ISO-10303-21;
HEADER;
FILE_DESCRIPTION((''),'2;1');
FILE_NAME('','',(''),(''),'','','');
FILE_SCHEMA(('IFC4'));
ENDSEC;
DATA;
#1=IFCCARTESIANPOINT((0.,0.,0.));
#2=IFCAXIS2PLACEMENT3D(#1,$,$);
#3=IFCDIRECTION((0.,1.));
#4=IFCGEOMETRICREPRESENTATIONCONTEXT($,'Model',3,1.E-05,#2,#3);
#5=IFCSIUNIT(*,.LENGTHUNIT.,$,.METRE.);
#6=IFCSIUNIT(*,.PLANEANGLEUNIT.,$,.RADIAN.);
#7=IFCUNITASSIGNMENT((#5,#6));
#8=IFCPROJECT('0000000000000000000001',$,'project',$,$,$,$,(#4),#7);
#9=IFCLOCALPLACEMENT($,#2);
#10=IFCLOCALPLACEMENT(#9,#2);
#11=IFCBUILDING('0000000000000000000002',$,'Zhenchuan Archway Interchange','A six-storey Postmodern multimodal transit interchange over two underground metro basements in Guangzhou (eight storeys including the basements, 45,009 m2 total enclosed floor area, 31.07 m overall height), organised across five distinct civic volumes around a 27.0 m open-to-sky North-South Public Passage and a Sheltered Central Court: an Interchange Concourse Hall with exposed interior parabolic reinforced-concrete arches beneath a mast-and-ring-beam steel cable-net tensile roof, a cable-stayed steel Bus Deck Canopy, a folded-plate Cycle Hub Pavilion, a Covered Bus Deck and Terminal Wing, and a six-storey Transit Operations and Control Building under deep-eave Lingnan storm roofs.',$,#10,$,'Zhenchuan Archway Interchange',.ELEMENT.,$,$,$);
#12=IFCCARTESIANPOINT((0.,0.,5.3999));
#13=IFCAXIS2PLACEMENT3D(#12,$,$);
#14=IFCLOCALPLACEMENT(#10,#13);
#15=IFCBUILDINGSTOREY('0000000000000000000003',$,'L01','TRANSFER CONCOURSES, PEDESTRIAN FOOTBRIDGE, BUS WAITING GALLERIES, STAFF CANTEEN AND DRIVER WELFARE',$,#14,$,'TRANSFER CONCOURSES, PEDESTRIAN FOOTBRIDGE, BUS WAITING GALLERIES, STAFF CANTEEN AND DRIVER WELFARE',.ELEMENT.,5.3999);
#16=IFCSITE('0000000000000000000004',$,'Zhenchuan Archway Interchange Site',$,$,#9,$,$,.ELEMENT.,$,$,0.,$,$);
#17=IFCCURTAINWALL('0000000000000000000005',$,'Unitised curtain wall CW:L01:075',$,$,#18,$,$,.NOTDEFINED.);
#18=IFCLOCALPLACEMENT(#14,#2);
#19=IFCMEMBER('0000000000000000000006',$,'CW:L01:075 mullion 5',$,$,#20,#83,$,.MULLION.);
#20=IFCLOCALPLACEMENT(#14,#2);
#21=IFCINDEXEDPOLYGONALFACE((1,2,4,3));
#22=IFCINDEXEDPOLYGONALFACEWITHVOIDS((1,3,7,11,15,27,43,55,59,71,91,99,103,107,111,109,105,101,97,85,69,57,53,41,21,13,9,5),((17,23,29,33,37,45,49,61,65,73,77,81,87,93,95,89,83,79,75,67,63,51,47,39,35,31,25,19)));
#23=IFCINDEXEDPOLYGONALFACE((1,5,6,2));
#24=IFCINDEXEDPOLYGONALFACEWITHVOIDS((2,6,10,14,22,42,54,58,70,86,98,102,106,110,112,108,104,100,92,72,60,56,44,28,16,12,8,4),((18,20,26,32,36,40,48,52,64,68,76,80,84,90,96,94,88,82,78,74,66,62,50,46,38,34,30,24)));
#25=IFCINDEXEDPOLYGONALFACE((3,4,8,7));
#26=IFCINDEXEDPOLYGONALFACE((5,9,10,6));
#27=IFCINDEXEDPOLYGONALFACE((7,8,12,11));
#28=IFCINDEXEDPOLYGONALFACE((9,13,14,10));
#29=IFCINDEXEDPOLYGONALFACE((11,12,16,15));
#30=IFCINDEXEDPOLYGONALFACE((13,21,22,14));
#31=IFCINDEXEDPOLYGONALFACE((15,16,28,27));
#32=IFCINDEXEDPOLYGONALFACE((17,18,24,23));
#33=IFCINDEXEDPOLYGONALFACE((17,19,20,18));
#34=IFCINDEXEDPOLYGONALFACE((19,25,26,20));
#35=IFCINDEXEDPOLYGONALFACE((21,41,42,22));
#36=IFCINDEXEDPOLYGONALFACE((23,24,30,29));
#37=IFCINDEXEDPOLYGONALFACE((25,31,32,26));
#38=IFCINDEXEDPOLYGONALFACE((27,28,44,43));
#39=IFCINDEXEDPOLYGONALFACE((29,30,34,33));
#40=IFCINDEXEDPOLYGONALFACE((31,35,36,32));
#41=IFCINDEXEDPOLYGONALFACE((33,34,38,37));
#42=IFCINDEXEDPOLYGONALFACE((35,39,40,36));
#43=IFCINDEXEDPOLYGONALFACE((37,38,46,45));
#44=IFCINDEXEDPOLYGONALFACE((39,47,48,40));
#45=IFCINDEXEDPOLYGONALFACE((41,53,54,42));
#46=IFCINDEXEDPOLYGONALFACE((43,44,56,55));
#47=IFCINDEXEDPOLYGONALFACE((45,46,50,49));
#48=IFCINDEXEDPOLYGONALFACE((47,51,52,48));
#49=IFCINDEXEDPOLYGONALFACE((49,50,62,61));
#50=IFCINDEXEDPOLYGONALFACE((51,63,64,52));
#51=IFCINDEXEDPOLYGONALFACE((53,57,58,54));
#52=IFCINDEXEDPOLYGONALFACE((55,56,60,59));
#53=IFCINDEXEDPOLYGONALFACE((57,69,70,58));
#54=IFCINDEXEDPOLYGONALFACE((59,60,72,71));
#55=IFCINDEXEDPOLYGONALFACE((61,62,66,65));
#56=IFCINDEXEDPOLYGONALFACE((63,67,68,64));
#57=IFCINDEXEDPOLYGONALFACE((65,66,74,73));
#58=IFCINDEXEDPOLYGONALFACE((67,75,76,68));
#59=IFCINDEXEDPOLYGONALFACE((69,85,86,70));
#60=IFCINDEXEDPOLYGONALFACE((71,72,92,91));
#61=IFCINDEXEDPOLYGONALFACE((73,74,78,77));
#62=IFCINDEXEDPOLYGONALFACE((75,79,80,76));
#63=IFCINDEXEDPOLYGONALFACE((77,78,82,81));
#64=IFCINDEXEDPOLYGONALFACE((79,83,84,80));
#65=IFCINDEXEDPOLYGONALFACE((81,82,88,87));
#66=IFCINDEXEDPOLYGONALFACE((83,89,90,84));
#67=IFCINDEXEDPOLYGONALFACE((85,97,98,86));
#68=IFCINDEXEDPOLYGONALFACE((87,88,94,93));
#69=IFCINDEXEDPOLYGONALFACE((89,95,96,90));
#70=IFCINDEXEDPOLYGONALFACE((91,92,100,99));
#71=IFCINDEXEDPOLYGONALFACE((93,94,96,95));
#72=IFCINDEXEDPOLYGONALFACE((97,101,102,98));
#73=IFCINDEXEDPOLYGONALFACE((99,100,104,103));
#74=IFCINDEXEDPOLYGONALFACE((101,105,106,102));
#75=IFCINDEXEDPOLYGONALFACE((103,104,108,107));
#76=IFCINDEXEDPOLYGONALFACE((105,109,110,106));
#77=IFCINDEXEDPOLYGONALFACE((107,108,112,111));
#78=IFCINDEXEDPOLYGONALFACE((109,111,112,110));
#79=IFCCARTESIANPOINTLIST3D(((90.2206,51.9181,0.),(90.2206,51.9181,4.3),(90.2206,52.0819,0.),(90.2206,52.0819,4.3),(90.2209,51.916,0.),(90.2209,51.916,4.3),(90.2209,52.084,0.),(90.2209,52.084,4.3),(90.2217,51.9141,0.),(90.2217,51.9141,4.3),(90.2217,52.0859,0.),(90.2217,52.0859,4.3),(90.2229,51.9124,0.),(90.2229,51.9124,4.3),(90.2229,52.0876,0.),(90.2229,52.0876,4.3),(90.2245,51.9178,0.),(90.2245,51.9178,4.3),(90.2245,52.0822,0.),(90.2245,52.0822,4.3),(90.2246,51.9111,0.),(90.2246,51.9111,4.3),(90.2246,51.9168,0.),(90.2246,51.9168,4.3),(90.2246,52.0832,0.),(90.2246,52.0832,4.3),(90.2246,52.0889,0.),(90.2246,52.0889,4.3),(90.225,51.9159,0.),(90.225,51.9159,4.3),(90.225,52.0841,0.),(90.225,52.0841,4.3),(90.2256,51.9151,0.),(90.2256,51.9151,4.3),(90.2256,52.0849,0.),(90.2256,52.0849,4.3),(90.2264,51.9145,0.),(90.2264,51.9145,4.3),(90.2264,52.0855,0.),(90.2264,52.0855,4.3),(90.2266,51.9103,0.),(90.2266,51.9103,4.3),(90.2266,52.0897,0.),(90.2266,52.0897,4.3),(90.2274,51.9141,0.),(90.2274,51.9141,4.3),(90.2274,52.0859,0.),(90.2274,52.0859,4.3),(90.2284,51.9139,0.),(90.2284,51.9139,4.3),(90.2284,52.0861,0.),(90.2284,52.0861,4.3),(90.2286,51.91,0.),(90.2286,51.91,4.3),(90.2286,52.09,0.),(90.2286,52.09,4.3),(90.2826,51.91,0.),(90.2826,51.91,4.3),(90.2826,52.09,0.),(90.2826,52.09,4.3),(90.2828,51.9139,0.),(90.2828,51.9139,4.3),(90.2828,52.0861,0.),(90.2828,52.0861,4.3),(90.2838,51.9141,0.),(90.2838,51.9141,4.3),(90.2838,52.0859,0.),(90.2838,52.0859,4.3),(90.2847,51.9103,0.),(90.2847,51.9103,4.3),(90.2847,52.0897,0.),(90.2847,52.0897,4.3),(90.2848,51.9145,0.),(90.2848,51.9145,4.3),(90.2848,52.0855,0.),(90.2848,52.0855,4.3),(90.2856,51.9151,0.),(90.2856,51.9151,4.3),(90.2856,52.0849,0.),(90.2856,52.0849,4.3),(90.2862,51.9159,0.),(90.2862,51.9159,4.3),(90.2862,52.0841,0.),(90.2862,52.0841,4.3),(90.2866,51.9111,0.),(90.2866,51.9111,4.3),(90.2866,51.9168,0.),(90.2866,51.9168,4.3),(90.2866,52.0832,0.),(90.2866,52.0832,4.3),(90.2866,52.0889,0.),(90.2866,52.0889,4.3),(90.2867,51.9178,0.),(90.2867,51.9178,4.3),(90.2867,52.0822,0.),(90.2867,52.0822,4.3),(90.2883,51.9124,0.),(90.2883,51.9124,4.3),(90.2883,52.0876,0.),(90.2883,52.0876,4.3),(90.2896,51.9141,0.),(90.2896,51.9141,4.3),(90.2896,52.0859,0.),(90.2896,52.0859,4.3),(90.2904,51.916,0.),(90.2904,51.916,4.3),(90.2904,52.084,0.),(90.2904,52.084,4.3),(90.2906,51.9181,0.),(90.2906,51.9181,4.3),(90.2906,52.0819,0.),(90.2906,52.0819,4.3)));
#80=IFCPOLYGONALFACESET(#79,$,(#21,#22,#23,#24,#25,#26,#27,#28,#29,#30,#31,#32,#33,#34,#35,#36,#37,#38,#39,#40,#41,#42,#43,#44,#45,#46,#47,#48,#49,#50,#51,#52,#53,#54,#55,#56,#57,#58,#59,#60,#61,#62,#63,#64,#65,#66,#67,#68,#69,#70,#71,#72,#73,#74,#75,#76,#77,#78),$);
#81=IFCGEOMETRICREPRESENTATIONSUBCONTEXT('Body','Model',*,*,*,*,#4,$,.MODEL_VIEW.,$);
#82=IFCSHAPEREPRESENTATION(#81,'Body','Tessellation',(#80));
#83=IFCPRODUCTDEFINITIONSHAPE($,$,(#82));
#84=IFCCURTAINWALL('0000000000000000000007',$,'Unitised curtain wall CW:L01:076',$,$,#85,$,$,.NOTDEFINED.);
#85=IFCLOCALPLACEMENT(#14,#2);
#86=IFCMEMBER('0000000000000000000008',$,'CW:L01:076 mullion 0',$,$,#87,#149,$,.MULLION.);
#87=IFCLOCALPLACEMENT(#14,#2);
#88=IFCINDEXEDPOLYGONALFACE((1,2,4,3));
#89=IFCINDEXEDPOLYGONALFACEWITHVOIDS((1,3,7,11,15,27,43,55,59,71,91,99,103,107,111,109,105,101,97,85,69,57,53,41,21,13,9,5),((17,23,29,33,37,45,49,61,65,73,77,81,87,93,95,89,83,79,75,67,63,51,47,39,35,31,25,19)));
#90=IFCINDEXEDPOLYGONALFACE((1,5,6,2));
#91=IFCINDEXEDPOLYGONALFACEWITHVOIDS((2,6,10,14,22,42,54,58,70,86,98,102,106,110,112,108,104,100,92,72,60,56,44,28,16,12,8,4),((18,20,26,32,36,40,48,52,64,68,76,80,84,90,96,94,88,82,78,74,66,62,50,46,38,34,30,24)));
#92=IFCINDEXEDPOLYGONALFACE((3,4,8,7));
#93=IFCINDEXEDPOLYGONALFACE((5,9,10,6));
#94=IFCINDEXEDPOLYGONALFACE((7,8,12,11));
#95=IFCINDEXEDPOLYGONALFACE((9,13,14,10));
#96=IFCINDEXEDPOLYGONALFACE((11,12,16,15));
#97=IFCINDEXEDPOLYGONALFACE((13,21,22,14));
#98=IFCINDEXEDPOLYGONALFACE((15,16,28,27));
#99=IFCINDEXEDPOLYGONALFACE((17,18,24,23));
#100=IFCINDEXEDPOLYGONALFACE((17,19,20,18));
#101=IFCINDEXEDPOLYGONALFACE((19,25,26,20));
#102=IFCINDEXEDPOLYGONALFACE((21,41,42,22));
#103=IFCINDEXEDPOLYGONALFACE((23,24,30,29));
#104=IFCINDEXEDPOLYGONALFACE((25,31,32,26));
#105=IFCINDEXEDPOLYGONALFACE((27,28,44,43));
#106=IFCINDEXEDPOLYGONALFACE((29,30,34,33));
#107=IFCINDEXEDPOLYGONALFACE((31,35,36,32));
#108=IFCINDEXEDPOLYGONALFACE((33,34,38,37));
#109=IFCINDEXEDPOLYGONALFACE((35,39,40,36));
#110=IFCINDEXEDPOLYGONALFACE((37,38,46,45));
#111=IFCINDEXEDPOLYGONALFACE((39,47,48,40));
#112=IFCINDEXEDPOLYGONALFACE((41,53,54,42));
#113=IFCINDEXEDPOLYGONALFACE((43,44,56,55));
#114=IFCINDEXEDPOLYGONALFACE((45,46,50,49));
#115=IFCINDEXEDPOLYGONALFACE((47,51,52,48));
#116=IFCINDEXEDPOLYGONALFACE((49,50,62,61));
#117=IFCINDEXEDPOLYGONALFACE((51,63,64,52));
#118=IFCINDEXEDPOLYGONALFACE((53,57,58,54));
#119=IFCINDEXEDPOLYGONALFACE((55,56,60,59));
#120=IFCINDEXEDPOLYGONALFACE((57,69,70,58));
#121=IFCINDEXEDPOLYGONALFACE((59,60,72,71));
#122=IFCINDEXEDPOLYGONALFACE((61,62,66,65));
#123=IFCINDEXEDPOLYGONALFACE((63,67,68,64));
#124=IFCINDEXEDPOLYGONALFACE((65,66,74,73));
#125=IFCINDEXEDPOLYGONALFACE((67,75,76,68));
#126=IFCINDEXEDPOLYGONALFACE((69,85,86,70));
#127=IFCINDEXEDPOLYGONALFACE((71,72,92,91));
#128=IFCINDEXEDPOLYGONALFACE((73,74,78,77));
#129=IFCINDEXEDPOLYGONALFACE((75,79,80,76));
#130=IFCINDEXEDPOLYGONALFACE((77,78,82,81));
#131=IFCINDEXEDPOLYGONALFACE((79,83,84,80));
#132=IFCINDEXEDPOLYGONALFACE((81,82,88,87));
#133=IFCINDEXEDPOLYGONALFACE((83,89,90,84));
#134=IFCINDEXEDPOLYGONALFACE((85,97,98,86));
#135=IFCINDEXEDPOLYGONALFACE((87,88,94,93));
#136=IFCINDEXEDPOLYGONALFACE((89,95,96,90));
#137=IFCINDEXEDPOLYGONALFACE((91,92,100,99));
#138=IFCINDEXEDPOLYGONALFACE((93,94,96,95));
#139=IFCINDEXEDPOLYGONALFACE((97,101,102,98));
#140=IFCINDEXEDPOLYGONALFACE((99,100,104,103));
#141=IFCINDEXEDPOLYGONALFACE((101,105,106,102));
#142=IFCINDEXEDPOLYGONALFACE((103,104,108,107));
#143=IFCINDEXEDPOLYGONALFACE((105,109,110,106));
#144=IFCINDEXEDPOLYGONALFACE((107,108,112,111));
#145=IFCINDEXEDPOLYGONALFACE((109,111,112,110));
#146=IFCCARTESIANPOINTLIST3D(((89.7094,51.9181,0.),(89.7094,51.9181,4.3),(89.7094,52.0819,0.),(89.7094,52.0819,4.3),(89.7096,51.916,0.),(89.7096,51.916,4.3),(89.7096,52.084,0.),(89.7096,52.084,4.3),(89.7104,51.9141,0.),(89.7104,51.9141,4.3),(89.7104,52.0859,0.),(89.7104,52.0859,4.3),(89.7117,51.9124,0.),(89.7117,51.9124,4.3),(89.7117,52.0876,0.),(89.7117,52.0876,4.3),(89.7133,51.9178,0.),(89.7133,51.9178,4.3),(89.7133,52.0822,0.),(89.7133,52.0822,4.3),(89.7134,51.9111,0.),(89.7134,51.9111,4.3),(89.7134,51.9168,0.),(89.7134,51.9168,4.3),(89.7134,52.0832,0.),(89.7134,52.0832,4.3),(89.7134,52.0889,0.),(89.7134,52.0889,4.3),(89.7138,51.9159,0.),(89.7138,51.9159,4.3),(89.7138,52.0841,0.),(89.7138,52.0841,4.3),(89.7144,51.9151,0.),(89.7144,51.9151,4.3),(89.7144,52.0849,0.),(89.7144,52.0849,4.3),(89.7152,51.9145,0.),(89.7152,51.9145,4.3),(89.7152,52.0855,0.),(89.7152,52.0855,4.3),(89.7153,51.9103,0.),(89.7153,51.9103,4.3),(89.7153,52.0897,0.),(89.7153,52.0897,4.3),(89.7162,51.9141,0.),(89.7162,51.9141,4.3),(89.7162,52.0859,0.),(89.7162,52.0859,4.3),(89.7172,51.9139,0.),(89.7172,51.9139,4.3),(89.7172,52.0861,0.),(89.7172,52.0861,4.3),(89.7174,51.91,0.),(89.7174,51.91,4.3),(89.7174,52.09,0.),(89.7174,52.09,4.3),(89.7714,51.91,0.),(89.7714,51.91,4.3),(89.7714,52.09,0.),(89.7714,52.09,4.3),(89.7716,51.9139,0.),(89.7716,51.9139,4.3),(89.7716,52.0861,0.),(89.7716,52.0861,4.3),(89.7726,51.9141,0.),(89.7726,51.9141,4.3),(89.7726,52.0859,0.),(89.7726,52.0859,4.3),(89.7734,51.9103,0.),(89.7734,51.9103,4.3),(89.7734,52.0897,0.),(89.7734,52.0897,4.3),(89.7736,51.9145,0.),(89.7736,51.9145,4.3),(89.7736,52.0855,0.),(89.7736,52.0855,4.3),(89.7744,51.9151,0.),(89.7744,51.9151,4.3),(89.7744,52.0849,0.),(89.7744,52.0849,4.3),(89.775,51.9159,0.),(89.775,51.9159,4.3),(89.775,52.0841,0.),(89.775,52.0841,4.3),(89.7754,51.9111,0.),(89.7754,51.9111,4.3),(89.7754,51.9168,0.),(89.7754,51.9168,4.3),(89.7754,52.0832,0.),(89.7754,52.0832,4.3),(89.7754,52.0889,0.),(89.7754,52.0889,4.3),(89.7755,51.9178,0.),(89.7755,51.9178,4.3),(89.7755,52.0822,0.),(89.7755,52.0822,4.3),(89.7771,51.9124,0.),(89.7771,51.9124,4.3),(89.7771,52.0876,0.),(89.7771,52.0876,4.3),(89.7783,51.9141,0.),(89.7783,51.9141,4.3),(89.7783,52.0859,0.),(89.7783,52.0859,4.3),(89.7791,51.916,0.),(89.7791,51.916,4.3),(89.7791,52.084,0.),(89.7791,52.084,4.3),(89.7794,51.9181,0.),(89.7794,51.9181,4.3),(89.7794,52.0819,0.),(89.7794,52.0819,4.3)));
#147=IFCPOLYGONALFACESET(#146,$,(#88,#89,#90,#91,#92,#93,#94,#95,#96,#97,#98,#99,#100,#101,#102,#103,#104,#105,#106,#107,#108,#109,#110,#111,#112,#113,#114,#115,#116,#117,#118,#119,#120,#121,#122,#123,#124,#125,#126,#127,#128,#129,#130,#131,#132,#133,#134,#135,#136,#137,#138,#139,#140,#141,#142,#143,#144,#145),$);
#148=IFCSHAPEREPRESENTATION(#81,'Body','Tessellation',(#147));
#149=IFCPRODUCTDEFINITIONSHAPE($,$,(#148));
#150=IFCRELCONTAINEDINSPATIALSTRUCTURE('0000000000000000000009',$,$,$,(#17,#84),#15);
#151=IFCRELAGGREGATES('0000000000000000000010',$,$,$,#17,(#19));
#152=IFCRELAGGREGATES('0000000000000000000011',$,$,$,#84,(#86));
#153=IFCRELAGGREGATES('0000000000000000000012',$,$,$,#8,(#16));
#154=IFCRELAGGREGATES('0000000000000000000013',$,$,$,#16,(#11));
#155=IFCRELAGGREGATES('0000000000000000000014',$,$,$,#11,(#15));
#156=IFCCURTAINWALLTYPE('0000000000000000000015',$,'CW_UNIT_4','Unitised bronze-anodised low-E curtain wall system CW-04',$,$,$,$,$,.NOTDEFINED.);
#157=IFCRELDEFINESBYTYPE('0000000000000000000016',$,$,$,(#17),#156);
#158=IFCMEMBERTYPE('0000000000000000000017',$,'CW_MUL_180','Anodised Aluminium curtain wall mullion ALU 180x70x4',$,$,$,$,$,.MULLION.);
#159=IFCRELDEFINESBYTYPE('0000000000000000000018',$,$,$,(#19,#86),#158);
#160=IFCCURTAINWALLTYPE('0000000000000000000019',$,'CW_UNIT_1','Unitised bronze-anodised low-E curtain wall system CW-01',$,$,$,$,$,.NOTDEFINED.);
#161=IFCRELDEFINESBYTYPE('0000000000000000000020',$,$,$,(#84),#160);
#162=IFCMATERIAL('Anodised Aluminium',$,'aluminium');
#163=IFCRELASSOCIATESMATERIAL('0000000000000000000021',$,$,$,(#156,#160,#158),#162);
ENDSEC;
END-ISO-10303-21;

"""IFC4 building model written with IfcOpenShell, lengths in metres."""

from ifc_helpers import new_model, si_unit, direction, frame, origin, origin_2d, place, context, subcontext, project, spatial, hollow_rectangle, extrude, material, material_profile, profile_set, type_object, element, aggregate, save


model = new_model("IFC4")

# Units and contexts
model_context = context("Model", 3, precision=1e-05, world=origin(), true_north=direction((0.0, 1.0)))
body_context = subcontext(model_context, "Body", "Model", "MODEL_VIEW")
ifc_project = project(units=[si_unit("LENGTHUNIT", "METRE"), si_unit("PLANEANGLEUNIT", "RADIAN")], contexts=[model_context])

# Site, building, storey
site_placement = place(None, origin())
site = spatial("IfcSite", under=ifc_project, at=site_placement, Name="Zhenchuan Archway Interchange Site", CompositionType="ELEMENT", RefElevation=0.0)
building_placement = place(site_placement, origin())
building = spatial("IfcBuilding", under=site, at=building_placement, Name="Zhenchuan Archway Interchange", Description="A six-storey Postmodern multimodal transit interchange over two underground metro basements in Guangzhou (eight storeys including the basements, 45,009 m2 total enclosed floor area, 31.07 m overall height), organised across five distinct civic volumes around a 27.0 m open-to-sky North-South Public Passage and a Sheltered Central Court: an Interchange Concourse Hall with exposed interior parabolic reinforced-concrete arches beneath a mast-and-ring-beam steel cable-net tensile roof, a cable-stayed steel Bus Deck Canopy, a folded-plate Cycle Hub Pavilion, a Covered Bus Deck and Terminal Wing, and a six-storey Transit Operations and Control Building under deep-eave Lingnan storm roofs.", LongName="Zhenchuan Archway Interchange", CompositionType="ELEMENT")
storey_placement = place(building_placement, frame((0.0, 0.0, 5.3999)))
storey = spatial("IfcBuildingStorey", under=building, at=storey_placement, Name="L01", Description="TRANSFER CONCOURSES, PEDESTRIAN FOOTBRIDGE, BUS WAITING GALLERIES, STAFF CANTEEN AND DRIVER WELFARE", LongName="TRANSFER CONCOURSES, PEDESTRIAN FOOTBRIDGE, BUS WAITING GALLERIES, STAFF CANTEEN AND DRIVER WELFARE", CompositionType="ELEMENT", Elevation=5.3999)

# Curtain wall, member
ifc_material_1 = material(Name="Anodised Aluminium", Category="aluminium")
curtain_wall_type_1 = type_object("IfcCurtainWallType", Name="CW_UNIT_4", Description="Unitised bronze-anodised low-E curtain wall system CW-04", PredefinedType="NOTDEFINED", material=ifc_material_1)
curtain_wall_1_placement = place(storey_placement, origin())
curtain_wall_1 = element("IfcCurtainWall", 1, at=curtain_wall_1_placement, inside=storey, type_object=curtain_wall_type_1, Name="Unitised curtain wall CW:L01:075", PredefinedType="NOTDEFINED")
ifc_material_profile_1 = material_profile(ifc_material_1, hollow_rectangle(XDim=0.0701, YDim=0.1799, WallThickness=0.0039, InnerFilletRadius=0.0039, OuterFilletRadius=0.0081, at=origin_2d()), Name="ALU 180x70x4")
ifc_profile_set_1 = profile_set([ifc_material_profile_1], Name="Anodised Aluminium")
member_type_1 = type_object("IfcMemberType", Name="CW_MUL_180", Description="Anodised Aluminium curtain wall mullion ALU 180x70x4", PredefinedType="MULLION", material=ifc_profile_set_1)
member_1_placement = place(storey_placement, frame((90.2556, 52.0, 0.0), z_axis=(0.0, 0.0, 1.0), x_axis=(1.0, 0.0, 0.0)))
member_1 = element("IfcMember", 2, at=member_1_placement, type_object=member_type_1, Name="CW:L01:075 mullion 5", PredefinedType="MULLION", context=body_context, shape_type="SweptSolid", body=[
    extrude(hollow_rectangle(XDim=0.0701, YDim=0.1799, WallThickness=0.0039, InnerFilletRadius=0.0039, OuterFilletRadius=0.0081, at=origin_2d()), origin(), (0.0, 0.0, 1.0), 4.3),
])

# Curtain wall, member
curtain_wall_type_2 = type_object("IfcCurtainWallType", Name="CW_UNIT_1", Description="Unitised bronze-anodised low-E curtain wall system CW-01", PredefinedType="NOTDEFINED", material=ifc_material_1)
curtain_wall_2_placement = place(storey_placement, origin())
curtain_wall_2 = element("IfcCurtainWall", 3, at=curtain_wall_2_placement, inside=storey, type_object=curtain_wall_type_2, Name="Unitised curtain wall CW:L01:076", PredefinedType="NOTDEFINED")
member_2_placement = place(storey_placement, frame((89.7444, 52.0, 0.0), z_axis=(0.0, 0.0, 1.0), x_axis=(1.0, 0.0, 0.0)))
member_2 = element("IfcMember", 4, at=member_2_placement, type_object=member_type_1, Name="CW:L01:076 mullion 0", PredefinedType="MULLION", context=body_context, shape_type="SweptSolid", body=[
    extrude(hollow_rectangle(XDim=0.0701, YDim=0.1799, WallThickness=0.0039, InnerFilletRadius=0.0039, OuterFilletRadius=0.0081, at=origin_2d()), origin(), (0.0, 0.0, 1.0), 4.3),
])

aggregate(curtain_wall_1, [member_1])
aggregate(curtain_wall_2, [member_2])

save(model, "model.ifc")
